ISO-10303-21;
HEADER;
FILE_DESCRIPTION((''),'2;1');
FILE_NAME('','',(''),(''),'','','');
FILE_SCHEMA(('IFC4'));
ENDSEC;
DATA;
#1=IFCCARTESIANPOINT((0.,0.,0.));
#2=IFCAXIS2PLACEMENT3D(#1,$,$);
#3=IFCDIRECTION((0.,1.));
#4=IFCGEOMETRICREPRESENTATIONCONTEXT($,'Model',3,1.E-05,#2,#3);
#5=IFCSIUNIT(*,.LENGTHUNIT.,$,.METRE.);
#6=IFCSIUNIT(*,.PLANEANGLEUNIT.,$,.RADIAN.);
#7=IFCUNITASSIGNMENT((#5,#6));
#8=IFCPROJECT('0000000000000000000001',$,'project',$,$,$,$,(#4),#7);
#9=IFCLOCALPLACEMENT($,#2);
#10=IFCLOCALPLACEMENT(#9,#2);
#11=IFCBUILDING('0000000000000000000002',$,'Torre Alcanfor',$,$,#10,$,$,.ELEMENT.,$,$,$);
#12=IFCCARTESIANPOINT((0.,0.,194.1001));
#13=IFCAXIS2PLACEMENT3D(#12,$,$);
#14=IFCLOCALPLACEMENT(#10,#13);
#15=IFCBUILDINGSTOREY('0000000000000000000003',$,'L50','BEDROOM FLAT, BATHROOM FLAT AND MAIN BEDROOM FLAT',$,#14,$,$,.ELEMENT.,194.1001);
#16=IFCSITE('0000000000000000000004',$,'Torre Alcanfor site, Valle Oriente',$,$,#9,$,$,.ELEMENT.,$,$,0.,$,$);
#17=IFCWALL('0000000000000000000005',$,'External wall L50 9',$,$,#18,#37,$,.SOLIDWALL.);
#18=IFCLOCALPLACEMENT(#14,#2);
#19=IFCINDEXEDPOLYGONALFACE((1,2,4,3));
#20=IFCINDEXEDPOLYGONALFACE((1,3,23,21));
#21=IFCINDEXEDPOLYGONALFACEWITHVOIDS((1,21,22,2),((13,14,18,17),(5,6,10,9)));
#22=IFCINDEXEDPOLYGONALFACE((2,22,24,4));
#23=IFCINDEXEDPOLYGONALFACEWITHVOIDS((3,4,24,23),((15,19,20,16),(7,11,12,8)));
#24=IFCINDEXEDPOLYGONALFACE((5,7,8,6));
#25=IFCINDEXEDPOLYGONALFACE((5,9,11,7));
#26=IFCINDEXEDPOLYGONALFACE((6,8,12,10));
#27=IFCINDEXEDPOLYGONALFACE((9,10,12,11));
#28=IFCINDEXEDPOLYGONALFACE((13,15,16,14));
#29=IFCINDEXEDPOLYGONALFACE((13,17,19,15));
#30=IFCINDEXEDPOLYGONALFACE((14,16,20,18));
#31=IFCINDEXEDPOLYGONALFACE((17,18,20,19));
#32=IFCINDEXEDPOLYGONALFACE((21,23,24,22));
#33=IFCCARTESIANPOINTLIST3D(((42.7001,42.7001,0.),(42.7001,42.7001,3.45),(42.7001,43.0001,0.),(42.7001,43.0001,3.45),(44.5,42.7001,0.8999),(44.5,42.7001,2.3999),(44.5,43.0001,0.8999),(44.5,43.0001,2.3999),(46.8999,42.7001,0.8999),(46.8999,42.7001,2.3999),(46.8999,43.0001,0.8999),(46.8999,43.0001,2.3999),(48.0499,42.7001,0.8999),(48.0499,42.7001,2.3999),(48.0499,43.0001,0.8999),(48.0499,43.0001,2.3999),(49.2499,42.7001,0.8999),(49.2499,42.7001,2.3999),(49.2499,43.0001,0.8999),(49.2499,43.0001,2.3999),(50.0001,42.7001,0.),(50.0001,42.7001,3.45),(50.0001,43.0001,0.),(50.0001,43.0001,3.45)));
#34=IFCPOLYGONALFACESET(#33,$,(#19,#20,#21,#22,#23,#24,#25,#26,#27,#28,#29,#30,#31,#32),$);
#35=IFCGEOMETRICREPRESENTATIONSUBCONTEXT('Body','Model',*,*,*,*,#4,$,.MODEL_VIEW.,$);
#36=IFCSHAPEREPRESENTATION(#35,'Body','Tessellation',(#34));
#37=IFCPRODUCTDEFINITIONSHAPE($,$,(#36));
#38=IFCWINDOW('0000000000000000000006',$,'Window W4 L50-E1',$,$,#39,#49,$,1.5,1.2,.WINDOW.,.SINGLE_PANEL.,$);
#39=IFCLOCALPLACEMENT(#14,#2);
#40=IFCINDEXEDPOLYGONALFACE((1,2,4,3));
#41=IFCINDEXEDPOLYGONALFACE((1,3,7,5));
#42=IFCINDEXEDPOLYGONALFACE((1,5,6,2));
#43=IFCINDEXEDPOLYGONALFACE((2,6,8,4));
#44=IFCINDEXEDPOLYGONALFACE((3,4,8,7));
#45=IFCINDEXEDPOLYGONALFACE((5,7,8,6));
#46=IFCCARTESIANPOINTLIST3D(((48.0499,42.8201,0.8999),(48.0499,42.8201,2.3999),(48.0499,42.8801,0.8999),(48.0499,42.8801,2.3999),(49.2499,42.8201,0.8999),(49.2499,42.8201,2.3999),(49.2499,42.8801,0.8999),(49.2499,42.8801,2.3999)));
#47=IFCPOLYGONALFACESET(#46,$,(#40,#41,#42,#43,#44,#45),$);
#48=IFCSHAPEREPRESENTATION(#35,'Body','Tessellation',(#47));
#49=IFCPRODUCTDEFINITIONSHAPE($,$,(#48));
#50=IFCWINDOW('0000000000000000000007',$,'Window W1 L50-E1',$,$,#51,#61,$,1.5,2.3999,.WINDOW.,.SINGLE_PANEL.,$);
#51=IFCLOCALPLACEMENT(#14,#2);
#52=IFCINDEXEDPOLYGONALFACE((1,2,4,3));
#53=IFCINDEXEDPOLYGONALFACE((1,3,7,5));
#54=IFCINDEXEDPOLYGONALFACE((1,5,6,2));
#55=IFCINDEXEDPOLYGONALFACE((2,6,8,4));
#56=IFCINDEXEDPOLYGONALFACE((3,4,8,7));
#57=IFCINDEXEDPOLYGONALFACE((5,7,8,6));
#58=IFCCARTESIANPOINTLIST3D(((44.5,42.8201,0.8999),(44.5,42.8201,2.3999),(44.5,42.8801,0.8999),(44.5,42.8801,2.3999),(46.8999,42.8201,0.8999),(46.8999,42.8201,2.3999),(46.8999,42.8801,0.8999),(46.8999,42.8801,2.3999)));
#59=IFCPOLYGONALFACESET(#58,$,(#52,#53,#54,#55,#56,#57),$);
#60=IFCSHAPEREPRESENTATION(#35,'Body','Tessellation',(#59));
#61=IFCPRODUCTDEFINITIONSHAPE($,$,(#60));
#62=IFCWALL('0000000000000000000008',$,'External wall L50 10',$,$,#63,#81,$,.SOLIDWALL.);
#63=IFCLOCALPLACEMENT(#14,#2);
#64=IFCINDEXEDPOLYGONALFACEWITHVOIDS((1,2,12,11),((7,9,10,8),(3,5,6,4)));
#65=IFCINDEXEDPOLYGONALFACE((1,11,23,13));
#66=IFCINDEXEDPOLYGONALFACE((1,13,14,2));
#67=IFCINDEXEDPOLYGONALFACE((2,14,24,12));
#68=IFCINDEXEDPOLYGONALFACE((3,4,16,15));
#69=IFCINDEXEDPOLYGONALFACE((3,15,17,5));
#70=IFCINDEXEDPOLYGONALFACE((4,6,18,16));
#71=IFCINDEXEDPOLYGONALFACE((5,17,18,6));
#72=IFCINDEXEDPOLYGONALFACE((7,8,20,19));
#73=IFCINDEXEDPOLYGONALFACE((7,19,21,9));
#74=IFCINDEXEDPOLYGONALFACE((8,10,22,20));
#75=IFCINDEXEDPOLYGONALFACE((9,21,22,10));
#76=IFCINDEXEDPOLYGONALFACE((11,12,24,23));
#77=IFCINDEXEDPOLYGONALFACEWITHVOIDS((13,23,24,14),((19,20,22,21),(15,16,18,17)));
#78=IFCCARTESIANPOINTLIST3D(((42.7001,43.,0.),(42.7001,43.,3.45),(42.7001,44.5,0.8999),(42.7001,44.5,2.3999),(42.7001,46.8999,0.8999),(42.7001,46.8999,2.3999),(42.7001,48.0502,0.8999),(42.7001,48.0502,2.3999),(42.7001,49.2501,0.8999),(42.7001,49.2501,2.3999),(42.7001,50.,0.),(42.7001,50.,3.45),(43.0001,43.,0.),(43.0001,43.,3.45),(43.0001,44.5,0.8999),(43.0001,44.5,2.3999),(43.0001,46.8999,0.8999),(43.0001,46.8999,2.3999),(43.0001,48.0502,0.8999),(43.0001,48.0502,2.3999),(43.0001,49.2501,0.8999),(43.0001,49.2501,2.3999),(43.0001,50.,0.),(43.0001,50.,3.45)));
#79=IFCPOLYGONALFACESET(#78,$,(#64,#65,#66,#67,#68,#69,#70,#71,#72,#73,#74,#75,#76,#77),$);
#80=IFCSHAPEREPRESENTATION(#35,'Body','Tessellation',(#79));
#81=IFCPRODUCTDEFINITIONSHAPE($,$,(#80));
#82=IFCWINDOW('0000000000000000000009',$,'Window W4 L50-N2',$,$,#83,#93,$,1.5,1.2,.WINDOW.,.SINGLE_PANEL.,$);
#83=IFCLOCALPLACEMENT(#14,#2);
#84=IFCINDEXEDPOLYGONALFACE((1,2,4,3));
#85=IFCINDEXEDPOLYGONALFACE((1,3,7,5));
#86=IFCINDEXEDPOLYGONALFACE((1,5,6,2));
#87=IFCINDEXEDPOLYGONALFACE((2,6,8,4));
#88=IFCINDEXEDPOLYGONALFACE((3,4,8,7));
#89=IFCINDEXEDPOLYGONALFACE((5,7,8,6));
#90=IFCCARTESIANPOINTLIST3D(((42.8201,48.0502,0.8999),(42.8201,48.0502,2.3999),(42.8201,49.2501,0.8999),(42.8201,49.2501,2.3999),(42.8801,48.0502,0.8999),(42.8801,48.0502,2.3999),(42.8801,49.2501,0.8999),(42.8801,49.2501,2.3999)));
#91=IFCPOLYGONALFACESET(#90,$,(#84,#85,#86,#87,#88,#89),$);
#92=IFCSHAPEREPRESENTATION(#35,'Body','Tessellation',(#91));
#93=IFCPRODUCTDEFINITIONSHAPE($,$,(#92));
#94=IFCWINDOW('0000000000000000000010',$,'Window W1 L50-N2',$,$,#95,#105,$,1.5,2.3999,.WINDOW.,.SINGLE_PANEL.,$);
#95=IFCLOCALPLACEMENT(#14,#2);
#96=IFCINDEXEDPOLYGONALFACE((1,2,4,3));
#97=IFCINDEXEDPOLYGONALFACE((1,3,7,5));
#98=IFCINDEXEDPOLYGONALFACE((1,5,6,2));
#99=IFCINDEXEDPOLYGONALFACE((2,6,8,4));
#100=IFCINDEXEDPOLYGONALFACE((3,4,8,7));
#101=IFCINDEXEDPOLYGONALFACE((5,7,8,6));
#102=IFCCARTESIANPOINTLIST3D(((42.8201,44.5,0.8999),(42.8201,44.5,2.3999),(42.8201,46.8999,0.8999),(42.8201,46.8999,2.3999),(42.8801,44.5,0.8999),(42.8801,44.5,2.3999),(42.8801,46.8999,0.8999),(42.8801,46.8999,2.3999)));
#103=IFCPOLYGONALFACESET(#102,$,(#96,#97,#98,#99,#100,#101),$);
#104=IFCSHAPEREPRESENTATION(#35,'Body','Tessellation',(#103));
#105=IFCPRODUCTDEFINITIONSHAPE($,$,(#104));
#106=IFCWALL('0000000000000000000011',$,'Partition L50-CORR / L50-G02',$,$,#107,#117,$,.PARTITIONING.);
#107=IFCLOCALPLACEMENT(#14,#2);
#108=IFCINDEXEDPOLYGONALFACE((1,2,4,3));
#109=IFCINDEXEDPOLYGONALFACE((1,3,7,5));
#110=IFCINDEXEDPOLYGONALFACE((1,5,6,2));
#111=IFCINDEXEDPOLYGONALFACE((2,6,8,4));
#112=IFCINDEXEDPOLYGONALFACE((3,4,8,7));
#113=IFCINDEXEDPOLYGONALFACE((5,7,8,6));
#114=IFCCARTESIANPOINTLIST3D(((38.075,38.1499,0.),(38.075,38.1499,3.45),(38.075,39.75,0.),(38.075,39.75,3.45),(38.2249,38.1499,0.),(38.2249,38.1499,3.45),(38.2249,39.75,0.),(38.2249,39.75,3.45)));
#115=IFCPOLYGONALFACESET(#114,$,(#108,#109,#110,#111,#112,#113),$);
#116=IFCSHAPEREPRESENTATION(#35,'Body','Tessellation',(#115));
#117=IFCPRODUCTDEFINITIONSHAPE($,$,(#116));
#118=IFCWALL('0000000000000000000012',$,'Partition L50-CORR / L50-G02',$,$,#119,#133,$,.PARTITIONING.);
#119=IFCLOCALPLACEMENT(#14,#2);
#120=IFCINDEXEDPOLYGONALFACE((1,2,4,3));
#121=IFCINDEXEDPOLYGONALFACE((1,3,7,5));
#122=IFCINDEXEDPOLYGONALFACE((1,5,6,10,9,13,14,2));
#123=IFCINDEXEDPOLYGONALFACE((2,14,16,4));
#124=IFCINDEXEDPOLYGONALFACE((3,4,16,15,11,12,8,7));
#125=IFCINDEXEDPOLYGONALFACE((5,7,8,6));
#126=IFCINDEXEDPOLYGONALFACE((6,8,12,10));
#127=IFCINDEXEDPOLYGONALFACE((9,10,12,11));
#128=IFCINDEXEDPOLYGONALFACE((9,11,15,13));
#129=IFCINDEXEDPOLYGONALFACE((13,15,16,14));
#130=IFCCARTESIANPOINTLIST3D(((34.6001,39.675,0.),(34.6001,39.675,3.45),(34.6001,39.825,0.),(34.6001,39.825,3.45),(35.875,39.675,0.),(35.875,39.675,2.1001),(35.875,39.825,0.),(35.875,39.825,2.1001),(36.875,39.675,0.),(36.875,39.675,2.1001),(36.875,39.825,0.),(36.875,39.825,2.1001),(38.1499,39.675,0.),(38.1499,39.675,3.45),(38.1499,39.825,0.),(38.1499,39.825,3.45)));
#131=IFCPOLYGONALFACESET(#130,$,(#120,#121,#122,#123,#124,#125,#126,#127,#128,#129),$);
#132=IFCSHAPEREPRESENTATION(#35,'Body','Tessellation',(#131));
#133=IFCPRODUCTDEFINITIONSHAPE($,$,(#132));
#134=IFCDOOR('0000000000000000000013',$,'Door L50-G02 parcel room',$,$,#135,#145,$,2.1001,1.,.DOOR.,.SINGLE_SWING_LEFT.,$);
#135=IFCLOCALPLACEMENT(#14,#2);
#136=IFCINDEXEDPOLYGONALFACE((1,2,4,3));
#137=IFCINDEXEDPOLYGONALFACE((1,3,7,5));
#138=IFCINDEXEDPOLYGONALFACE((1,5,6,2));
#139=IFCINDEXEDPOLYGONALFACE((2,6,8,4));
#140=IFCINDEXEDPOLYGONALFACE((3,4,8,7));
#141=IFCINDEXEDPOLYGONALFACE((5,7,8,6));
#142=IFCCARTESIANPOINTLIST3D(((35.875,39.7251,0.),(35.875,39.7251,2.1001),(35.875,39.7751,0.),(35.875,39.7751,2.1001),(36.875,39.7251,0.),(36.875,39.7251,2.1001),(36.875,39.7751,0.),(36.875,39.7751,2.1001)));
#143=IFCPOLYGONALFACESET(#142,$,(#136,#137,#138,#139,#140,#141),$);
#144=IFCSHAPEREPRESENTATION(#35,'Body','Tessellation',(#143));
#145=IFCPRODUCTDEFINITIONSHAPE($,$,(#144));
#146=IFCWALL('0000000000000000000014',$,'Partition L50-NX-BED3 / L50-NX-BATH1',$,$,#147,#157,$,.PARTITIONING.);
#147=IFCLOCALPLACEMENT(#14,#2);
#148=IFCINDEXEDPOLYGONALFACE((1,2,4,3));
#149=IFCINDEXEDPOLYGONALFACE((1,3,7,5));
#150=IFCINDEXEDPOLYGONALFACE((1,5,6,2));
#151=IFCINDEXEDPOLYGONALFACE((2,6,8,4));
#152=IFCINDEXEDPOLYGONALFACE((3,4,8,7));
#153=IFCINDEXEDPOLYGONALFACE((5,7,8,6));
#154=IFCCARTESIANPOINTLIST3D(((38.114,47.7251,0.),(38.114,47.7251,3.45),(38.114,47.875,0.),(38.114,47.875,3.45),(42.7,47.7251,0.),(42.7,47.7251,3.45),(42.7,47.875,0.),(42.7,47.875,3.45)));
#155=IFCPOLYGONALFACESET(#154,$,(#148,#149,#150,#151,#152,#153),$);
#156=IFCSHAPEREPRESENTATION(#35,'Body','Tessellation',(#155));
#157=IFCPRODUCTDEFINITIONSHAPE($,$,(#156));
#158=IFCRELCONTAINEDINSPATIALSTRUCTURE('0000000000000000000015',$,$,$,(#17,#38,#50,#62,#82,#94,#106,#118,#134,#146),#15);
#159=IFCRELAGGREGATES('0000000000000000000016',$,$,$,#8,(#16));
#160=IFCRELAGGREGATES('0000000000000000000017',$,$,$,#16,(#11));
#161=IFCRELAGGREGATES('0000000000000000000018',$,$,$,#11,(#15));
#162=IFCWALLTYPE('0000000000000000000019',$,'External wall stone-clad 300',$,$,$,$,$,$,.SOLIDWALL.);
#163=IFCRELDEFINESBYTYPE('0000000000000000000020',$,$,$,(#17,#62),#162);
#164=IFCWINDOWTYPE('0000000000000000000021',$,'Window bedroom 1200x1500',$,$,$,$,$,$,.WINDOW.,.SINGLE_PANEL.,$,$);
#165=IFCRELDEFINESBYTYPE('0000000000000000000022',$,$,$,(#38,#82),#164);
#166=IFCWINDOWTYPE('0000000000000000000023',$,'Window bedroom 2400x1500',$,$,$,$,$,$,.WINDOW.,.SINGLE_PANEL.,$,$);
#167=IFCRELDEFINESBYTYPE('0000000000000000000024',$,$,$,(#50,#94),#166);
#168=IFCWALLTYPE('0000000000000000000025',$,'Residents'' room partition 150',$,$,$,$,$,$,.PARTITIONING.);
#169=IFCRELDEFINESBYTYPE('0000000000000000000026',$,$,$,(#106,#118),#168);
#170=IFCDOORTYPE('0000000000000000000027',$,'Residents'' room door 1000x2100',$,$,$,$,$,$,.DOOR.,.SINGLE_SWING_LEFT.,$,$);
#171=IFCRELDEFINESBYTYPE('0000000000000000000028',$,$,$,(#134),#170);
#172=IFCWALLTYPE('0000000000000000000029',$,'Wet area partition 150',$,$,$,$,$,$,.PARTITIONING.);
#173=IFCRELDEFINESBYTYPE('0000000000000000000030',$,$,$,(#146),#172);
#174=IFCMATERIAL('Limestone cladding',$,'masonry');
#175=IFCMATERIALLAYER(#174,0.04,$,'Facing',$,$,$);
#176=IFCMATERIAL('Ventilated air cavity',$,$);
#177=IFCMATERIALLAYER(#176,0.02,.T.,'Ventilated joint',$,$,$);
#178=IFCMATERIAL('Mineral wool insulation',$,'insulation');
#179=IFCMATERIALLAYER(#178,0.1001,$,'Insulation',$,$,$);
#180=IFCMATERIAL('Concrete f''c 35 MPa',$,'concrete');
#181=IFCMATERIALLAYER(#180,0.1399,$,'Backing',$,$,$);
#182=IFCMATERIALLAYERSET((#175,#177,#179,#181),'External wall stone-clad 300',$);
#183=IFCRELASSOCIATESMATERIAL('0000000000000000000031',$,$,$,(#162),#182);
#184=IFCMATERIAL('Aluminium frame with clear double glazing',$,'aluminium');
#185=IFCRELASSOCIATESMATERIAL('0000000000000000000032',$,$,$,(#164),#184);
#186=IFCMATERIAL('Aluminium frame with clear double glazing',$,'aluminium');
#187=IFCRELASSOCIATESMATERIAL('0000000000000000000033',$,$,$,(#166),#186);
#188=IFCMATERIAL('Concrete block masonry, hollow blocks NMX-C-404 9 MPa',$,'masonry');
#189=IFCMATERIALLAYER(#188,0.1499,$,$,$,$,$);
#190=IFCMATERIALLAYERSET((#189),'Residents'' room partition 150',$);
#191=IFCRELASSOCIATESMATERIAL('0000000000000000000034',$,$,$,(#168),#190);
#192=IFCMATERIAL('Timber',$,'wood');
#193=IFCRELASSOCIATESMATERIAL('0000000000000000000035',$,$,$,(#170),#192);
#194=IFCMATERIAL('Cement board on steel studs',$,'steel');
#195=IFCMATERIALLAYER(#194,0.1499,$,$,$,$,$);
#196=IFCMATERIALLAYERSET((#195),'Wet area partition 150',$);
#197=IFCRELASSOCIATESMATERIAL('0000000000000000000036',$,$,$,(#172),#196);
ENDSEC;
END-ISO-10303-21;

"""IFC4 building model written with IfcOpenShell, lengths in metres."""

from ifc_helpers import new_model, si_unit, direction, frame, frame_2d, origin, place, context, subcontext, project, spatial, rectangle, extrude, material, layer, layer_set, type_object, element, fill, save


model = new_model("IFC4")

# Units and contexts
model_context = context("Model", 3, precision=1e-05, world=origin(), true_north=direction((0.0, 1.0)))
body_context = subcontext(model_context, "Body", "Model", "MODEL_VIEW")
ifc_project = project(units=[si_unit("LENGTHUNIT", "METRE"), si_unit("PLANEANGLEUNIT", "RADIAN")], contexts=[model_context])

# Site, building, storey
site_placement = place(None, origin())
site = spatial("IfcSite", under=ifc_project, at=site_placement, Name="Torre Alcanfor site, Valle Oriente", CompositionType="ELEMENT", RefElevation=0.0)
building_placement = place(site_placement, origin())
building = spatial("IfcBuilding", under=site, at=building_placement, Name="Torre Alcanfor", CompositionType="ELEMENT")
storey_placement = place(building_placement, frame((0.0, 0.0, 194.1001)))
storey = spatial("IfcBuildingStorey", under=building, at=storey_placement, Name="L50", Description="BEDROOM FLAT, BATHROOM FLAT AND MAIN BEDROOM FLAT", CompositionType="ELEMENT", Elevation=194.1001)

# Walls, openings, windows
ifc_material_1 = material(Name="Limestone cladding", Category="masonry")
ifc_layer_1 = layer(ifc_material_1, 0.04, Name="Facing")
ifc_material_2 = material(Name="Ventilated air cavity")
ifc_layer_2 = layer(ifc_material_2, 0.02, ventilated=True, Name="Ventilated joint")
ifc_material_3 = material(Name="Mineral wool insulation", Category="insulation")
ifc_layer_3 = layer(ifc_material_3, 0.1001, Name="Insulation")
ifc_material_4 = material(Name="Concrete f'c 35 MPa", Category="concrete")
ifc_layer_4 = layer(ifc_material_4, 0.1399, Name="Backing")
ifc_layer_set_1 = layer_set([ifc_layer_1, ifc_layer_2, ifc_layer_3, ifc_layer_4], Name="External wall stone-clad 300")
wall_type_1 = type_object("IfcWallType", Name="External wall stone-clad 300", PredefinedType="SOLIDWALL", material=ifc_layer_set_1)
wall_1_placement = place(storey_placement, frame((50.0, 42.8501, 0.0), z_axis=(0.0, 0.0, 1.0), x_axis=(-1.0, 0.0, 0.0)))
wall_1 = element("IfcWall", 1, at=wall_1_placement, inside=storey, type_object=wall_type_1, Name="External wall L50 9", PredefinedType="SOLIDWALL", context=body_context, shape_type="SweptSolid", body=[
    extrude(rectangle(XDim=7.3, YDim=0.3, at=frame_2d((3.6499, 0.0))), origin(), (0.0, 0.0, 1.0), 3.45),
])
opening_1_placement = place(wall_1_placement, frame((3.1001, 0.0, 0.8999)))
opening_1 = element("IfcOpeningElement", 2, at=opening_1_placement, cuts=wall_1, PredefinedType="OPENING", context=body_context, shape_type="SweptSolid", body=[
    extrude(rectangle(XDim=2.3999, YDim=1.5, at=frame_2d((1.2, 0.75))), frame((0.0, 0.1599, 0.0), z_axis=(0.0, -1.0, 0.0), x_axis=(1.0, 0.0, 0.0)), (0.0, 0.0, 1.0), 0.3201),
])
opening_2_placement = place(wall_1_placement, frame((0.75, 0.0, 0.8999)))
opening_2 = element("IfcOpeningElement", 3, at=opening_2_placement, cuts=wall_1, PredefinedType="OPENING", context=body_context, shape_type="SweptSolid", body=[
    extrude(rectangle(XDim=1.2, YDim=1.5, at=frame_2d((0.6001, 0.75))), frame((0.0, 0.1599, 0.0), z_axis=(0.0, -1.0, 0.0), x_axis=(1.0, 0.0, 0.0)), (0.0, 0.0, 1.0), 0.3201),
])
ifc_material_5 = material(Name="Aluminium frame with clear double glazing", Category="aluminium")
window_type_1 = type_object("IfcWindowType", Name="Window bedroom 1200x1500", PartitioningType="SINGLE_PANEL", PredefinedType="WINDOW", material=ifc_material_5)
window_1_placement = place(opening_2_placement, origin())
window_1 = element("IfcWindow", 4, at=window_1_placement, inside=storey, type_object=window_type_1, Name="Window W4 L50-E1", OverallHeight=1.5, OverallWidth=1.2, PartitioningType="SINGLE_PANEL", PredefinedType="WINDOW", context=body_context, shape_type="SweptSolid", body=[
    extrude(rectangle(XDim=1.2, YDim=1.5, at=frame_2d((0.6001, 0.75))), frame((0.0, 0.03, 0.0), z_axis=(0.0, -1.0, 0.0), x_axis=(1.0, 0.0, 0.0)), (0.0, 0.0, 1.0), 0.0601),
])
fill(opening_2, window_1)
ifc_material_6 = material(Name="Aluminium frame with clear double glazing", Category="aluminium")
window_type_2 = type_object("IfcWindowType", Name="Window bedroom 2400x1500", PartitioningType="SINGLE_PANEL", PredefinedType="WINDOW", material=ifc_material_6)
window_2_placement = place(opening_1_placement, origin())
window_2 = element("IfcWindow", 5, at=window_2_placement, inside=storey, type_object=window_type_2, Name="Window W1 L50-E1", OverallHeight=1.5, OverallWidth=2.3999, PartitioningType="SINGLE_PANEL", PredefinedType="WINDOW", context=body_context, shape_type="SweptSolid", body=[
    extrude(rectangle(XDim=2.3999, YDim=1.5, at=frame_2d((1.2, 0.75))), frame((0.0, 0.03, 0.0), z_axis=(0.0, -1.0, 0.0), x_axis=(1.0, 0.0, 0.0)), (0.0, 0.0, 1.0), 0.0601),
])
fill(opening_1, window_2)
wall_2_placement = place(storey_placement, frame((42.8501, 43.0, 0.0), z_axis=(0.0, 0.0, 1.0), x_axis=(0.0, 1.0, 0.0)))
wall_2 = element("IfcWall", 6, at=wall_2_placement, inside=storey, type_object=wall_type_1, Name="External wall L50 10", PredefinedType="SOLIDWALL", context=body_context, shape_type="SweptSolid", body=[
    extrude(rectangle(XDim=7.0, YDim=0.3, at=frame_2d((3.5, 0.0))), origin(), (0.0, 0.0, 1.0), 3.45),
])
opening_3_placement = place(wall_2_placement, frame((1.5, 0.0, 0.8999)))
opening_3 = element("IfcOpeningElement", 7, at=opening_3_placement, cuts=wall_2, PredefinedType="OPENING", context=body_context, shape_type="SweptSolid", body=[
    extrude(rectangle(XDim=2.3999, YDim=1.5, at=frame_2d((1.2, 0.75))), frame((0.0, 0.1599, 0.0), z_axis=(0.0, -1.0, 0.0), x_axis=(1.0, 0.0, 0.0)), (0.0, 0.0, 1.0), 0.3201),
])
opening_4_placement = place(wall_2_placement, frame((5.05, 0.0, 0.8999)))
opening_4 = element("IfcOpeningElement", 8, at=opening_4_placement, cuts=wall_2, PredefinedType="OPENING", context=body_context, shape_type="SweptSolid", body=[
    extrude(rectangle(XDim=1.2, YDim=1.5, at=frame_2d((0.6001, 0.75))), frame((0.0, 0.1599, 0.0), z_axis=(0.0, -1.0, 0.0), x_axis=(1.0, 0.0, 0.0)), (0.0, 0.0, 1.0), 0.3201),
])
window_3_placement = place(opening_4_placement, origin())
window_3 = element("IfcWindow", 9, at=window_3_placement, inside=storey, type_object=window_type_1, Name="Window W4 L50-N2", OverallHeight=1.5, OverallWidth=1.2, PartitioningType="SINGLE_PANEL", PredefinedType="WINDOW", context=body_context, shape_type="SweptSolid", body=[
    extrude(rectangle(XDim=1.2, YDim=1.5, at=frame_2d((0.6001, 0.75))), frame((0.0, 0.03, 0.0), z_axis=(0.0, -1.0, 0.0), x_axis=(1.0, 0.0, 0.0)), (0.0, 0.0, 1.0), 0.0601),
])
fill(opening_4, window_3)
window_4_placement = place(opening_3_placement, origin())
window_4 = element("IfcWindow", 10, at=window_4_placement, inside=storey, type_object=window_type_2, Name="Window W1 L50-N2", OverallHeight=1.5, OverallWidth=2.3999, PartitioningType="SINGLE_PANEL", PredefinedType="WINDOW", context=body_context, shape_type="SweptSolid", body=[
    extrude(rectangle(XDim=2.3999, YDim=1.5, at=frame_2d((1.2, 0.75))), frame((0.0, 0.03, 0.0), z_axis=(0.0, -1.0, 0.0), x_axis=(1.0, 0.0, 0.0)), (0.0, 0.0, 1.0), 0.0601),
])
fill(opening_3, window_4)

# Wall
ifc_material_7 = material(Name="Concrete block masonry, hollow blocks NMX-C-404 9 MPa", Category="masonry")
ifc_layer_5 = layer(ifc_material_7, 0.1499)
ifc_layer_set_2 = layer_set([ifc_layer_5], Name="Residents' room partition 150")
wall_type_2 = type_object("IfcWallType", Name="Residents' room partition 150", PredefinedType="PARTITIONING", material=ifc_layer_set_2)
wall_3_placement = place(storey_placement, frame((38.1499, 38.1499, 0.0), z_axis=(0.0, 0.0, 1.0), x_axis=(0.0, 1.0, 0.0)))
element("IfcWall", 11, at=wall_3_placement, inside=storey, type_object=wall_type_2, Name="Partition L50-CORR / L50-G02", PredefinedType="PARTITIONING", context=body_context, shape_type="SweptSolid", body=[
    extrude(rectangle(XDim=1.6001, YDim=0.1499, at=frame_2d((0.8, 0.0))), origin(), (0.0, 0.0, 1.0), 3.45),
])

# Wall, opening, door
wall_4_placement = place(storey_placement, frame((38.1499, 39.75, 0.0), z_axis=(0.0, 0.0, 1.0), x_axis=(-1.0, 0.0, 0.0)))
wall_4 = element("IfcWall", 12, at=wall_4_placement, inside=storey, type_object=wall_type_2, Name="Partition L50-CORR / L50-G02", PredefinedType="PARTITIONING", context=body_context, shape_type="SweptSolid", body=[
    extrude(rectangle(XDim=3.5498, YDim=0.1499, at=frame_2d((1.7749, 0.0))), origin(), (0.0, 0.0, 1.0), 3.45),
])
opening_5_placement = place(wall_4_placement, frame((1.2749, 0.0, 0.0)))
opening_5 = element("IfcOpeningElement", 13, at=opening_5_placement, cuts=wall_4, PredefinedType="OPENING", context=body_context, shape_type="SweptSolid", body=[
    extrude(rectangle(XDim=1.0, YDim=2.1001, at=frame_2d((0.5, 1.05))), frame((0.0, 0.085, 0.0), z_axis=(0.0, -1.0, 0.0), x_axis=(1.0, 0.0, 0.0)), (0.0, 0.0, 1.0), 0.1699),
])
ifc_material_8 = material(Name="Timber", Category="wood")
door_type_1 = type_object("IfcDoorType", Name="Residents' room door 1000x2100", OperationType="SINGLE_SWING_LEFT", PredefinedType="DOOR", material=ifc_material_8)
door_1_placement = place(opening_5_placement, origin())
door_1 = element("IfcDoor", 14, at=door_1_placement, inside=storey, type_object=door_type_1, Name="Door L50-G02 parcel room", OperationType="SINGLE_SWING_LEFT", OverallHeight=2.1001, OverallWidth=1.0, PredefinedType="DOOR", context=body_context, shape_type="SweptSolid", body=[
    extrude(rectangle(XDim=1.0, YDim=2.1001, at=frame_2d((0.5, 1.05))), frame((0.0, 0.0249, 0.0), z_axis=(0.0, -1.0, 0.0), x_axis=(1.0, 0.0, 0.0)), (0.0, 0.0, 1.0), 0.05),
])
fill(opening_5, door_1)

# Wall
ifc_material_9 = material(Name="Cement board on steel studs", Category="steel")
ifc_layer_6 = layer(ifc_material_9, 0.1499)
ifc_layer_set_3 = layer_set([ifc_layer_6], Name="Wet area partition 150")
wall_type_3 = type_object("IfcWallType", Name="Wet area partition 150", PredefinedType="PARTITIONING", material=ifc_layer_set_3)
wall_5_placement = place(storey_placement, frame((42.7, 47.8, 0.0), z_axis=(0.0, 0.0, 1.0), x_axis=(-1.0, 0.0, 0.0)))
element("IfcWall", 15, at=wall_5_placement, inside=storey, type_object=wall_type_3, Name="Partition L50-NX-BED3 / L50-NX-BATH1", PredefinedType="PARTITIONING", context=body_context, shape_type="SweptSolid", body=[
    extrude(rectangle(XDim=4.5859, YDim=0.1499, at=frame_2d((2.293, 0.0))), origin(), (0.0, 0.0, 1.0), 3.45),
])

save(model, "model.ifc")
